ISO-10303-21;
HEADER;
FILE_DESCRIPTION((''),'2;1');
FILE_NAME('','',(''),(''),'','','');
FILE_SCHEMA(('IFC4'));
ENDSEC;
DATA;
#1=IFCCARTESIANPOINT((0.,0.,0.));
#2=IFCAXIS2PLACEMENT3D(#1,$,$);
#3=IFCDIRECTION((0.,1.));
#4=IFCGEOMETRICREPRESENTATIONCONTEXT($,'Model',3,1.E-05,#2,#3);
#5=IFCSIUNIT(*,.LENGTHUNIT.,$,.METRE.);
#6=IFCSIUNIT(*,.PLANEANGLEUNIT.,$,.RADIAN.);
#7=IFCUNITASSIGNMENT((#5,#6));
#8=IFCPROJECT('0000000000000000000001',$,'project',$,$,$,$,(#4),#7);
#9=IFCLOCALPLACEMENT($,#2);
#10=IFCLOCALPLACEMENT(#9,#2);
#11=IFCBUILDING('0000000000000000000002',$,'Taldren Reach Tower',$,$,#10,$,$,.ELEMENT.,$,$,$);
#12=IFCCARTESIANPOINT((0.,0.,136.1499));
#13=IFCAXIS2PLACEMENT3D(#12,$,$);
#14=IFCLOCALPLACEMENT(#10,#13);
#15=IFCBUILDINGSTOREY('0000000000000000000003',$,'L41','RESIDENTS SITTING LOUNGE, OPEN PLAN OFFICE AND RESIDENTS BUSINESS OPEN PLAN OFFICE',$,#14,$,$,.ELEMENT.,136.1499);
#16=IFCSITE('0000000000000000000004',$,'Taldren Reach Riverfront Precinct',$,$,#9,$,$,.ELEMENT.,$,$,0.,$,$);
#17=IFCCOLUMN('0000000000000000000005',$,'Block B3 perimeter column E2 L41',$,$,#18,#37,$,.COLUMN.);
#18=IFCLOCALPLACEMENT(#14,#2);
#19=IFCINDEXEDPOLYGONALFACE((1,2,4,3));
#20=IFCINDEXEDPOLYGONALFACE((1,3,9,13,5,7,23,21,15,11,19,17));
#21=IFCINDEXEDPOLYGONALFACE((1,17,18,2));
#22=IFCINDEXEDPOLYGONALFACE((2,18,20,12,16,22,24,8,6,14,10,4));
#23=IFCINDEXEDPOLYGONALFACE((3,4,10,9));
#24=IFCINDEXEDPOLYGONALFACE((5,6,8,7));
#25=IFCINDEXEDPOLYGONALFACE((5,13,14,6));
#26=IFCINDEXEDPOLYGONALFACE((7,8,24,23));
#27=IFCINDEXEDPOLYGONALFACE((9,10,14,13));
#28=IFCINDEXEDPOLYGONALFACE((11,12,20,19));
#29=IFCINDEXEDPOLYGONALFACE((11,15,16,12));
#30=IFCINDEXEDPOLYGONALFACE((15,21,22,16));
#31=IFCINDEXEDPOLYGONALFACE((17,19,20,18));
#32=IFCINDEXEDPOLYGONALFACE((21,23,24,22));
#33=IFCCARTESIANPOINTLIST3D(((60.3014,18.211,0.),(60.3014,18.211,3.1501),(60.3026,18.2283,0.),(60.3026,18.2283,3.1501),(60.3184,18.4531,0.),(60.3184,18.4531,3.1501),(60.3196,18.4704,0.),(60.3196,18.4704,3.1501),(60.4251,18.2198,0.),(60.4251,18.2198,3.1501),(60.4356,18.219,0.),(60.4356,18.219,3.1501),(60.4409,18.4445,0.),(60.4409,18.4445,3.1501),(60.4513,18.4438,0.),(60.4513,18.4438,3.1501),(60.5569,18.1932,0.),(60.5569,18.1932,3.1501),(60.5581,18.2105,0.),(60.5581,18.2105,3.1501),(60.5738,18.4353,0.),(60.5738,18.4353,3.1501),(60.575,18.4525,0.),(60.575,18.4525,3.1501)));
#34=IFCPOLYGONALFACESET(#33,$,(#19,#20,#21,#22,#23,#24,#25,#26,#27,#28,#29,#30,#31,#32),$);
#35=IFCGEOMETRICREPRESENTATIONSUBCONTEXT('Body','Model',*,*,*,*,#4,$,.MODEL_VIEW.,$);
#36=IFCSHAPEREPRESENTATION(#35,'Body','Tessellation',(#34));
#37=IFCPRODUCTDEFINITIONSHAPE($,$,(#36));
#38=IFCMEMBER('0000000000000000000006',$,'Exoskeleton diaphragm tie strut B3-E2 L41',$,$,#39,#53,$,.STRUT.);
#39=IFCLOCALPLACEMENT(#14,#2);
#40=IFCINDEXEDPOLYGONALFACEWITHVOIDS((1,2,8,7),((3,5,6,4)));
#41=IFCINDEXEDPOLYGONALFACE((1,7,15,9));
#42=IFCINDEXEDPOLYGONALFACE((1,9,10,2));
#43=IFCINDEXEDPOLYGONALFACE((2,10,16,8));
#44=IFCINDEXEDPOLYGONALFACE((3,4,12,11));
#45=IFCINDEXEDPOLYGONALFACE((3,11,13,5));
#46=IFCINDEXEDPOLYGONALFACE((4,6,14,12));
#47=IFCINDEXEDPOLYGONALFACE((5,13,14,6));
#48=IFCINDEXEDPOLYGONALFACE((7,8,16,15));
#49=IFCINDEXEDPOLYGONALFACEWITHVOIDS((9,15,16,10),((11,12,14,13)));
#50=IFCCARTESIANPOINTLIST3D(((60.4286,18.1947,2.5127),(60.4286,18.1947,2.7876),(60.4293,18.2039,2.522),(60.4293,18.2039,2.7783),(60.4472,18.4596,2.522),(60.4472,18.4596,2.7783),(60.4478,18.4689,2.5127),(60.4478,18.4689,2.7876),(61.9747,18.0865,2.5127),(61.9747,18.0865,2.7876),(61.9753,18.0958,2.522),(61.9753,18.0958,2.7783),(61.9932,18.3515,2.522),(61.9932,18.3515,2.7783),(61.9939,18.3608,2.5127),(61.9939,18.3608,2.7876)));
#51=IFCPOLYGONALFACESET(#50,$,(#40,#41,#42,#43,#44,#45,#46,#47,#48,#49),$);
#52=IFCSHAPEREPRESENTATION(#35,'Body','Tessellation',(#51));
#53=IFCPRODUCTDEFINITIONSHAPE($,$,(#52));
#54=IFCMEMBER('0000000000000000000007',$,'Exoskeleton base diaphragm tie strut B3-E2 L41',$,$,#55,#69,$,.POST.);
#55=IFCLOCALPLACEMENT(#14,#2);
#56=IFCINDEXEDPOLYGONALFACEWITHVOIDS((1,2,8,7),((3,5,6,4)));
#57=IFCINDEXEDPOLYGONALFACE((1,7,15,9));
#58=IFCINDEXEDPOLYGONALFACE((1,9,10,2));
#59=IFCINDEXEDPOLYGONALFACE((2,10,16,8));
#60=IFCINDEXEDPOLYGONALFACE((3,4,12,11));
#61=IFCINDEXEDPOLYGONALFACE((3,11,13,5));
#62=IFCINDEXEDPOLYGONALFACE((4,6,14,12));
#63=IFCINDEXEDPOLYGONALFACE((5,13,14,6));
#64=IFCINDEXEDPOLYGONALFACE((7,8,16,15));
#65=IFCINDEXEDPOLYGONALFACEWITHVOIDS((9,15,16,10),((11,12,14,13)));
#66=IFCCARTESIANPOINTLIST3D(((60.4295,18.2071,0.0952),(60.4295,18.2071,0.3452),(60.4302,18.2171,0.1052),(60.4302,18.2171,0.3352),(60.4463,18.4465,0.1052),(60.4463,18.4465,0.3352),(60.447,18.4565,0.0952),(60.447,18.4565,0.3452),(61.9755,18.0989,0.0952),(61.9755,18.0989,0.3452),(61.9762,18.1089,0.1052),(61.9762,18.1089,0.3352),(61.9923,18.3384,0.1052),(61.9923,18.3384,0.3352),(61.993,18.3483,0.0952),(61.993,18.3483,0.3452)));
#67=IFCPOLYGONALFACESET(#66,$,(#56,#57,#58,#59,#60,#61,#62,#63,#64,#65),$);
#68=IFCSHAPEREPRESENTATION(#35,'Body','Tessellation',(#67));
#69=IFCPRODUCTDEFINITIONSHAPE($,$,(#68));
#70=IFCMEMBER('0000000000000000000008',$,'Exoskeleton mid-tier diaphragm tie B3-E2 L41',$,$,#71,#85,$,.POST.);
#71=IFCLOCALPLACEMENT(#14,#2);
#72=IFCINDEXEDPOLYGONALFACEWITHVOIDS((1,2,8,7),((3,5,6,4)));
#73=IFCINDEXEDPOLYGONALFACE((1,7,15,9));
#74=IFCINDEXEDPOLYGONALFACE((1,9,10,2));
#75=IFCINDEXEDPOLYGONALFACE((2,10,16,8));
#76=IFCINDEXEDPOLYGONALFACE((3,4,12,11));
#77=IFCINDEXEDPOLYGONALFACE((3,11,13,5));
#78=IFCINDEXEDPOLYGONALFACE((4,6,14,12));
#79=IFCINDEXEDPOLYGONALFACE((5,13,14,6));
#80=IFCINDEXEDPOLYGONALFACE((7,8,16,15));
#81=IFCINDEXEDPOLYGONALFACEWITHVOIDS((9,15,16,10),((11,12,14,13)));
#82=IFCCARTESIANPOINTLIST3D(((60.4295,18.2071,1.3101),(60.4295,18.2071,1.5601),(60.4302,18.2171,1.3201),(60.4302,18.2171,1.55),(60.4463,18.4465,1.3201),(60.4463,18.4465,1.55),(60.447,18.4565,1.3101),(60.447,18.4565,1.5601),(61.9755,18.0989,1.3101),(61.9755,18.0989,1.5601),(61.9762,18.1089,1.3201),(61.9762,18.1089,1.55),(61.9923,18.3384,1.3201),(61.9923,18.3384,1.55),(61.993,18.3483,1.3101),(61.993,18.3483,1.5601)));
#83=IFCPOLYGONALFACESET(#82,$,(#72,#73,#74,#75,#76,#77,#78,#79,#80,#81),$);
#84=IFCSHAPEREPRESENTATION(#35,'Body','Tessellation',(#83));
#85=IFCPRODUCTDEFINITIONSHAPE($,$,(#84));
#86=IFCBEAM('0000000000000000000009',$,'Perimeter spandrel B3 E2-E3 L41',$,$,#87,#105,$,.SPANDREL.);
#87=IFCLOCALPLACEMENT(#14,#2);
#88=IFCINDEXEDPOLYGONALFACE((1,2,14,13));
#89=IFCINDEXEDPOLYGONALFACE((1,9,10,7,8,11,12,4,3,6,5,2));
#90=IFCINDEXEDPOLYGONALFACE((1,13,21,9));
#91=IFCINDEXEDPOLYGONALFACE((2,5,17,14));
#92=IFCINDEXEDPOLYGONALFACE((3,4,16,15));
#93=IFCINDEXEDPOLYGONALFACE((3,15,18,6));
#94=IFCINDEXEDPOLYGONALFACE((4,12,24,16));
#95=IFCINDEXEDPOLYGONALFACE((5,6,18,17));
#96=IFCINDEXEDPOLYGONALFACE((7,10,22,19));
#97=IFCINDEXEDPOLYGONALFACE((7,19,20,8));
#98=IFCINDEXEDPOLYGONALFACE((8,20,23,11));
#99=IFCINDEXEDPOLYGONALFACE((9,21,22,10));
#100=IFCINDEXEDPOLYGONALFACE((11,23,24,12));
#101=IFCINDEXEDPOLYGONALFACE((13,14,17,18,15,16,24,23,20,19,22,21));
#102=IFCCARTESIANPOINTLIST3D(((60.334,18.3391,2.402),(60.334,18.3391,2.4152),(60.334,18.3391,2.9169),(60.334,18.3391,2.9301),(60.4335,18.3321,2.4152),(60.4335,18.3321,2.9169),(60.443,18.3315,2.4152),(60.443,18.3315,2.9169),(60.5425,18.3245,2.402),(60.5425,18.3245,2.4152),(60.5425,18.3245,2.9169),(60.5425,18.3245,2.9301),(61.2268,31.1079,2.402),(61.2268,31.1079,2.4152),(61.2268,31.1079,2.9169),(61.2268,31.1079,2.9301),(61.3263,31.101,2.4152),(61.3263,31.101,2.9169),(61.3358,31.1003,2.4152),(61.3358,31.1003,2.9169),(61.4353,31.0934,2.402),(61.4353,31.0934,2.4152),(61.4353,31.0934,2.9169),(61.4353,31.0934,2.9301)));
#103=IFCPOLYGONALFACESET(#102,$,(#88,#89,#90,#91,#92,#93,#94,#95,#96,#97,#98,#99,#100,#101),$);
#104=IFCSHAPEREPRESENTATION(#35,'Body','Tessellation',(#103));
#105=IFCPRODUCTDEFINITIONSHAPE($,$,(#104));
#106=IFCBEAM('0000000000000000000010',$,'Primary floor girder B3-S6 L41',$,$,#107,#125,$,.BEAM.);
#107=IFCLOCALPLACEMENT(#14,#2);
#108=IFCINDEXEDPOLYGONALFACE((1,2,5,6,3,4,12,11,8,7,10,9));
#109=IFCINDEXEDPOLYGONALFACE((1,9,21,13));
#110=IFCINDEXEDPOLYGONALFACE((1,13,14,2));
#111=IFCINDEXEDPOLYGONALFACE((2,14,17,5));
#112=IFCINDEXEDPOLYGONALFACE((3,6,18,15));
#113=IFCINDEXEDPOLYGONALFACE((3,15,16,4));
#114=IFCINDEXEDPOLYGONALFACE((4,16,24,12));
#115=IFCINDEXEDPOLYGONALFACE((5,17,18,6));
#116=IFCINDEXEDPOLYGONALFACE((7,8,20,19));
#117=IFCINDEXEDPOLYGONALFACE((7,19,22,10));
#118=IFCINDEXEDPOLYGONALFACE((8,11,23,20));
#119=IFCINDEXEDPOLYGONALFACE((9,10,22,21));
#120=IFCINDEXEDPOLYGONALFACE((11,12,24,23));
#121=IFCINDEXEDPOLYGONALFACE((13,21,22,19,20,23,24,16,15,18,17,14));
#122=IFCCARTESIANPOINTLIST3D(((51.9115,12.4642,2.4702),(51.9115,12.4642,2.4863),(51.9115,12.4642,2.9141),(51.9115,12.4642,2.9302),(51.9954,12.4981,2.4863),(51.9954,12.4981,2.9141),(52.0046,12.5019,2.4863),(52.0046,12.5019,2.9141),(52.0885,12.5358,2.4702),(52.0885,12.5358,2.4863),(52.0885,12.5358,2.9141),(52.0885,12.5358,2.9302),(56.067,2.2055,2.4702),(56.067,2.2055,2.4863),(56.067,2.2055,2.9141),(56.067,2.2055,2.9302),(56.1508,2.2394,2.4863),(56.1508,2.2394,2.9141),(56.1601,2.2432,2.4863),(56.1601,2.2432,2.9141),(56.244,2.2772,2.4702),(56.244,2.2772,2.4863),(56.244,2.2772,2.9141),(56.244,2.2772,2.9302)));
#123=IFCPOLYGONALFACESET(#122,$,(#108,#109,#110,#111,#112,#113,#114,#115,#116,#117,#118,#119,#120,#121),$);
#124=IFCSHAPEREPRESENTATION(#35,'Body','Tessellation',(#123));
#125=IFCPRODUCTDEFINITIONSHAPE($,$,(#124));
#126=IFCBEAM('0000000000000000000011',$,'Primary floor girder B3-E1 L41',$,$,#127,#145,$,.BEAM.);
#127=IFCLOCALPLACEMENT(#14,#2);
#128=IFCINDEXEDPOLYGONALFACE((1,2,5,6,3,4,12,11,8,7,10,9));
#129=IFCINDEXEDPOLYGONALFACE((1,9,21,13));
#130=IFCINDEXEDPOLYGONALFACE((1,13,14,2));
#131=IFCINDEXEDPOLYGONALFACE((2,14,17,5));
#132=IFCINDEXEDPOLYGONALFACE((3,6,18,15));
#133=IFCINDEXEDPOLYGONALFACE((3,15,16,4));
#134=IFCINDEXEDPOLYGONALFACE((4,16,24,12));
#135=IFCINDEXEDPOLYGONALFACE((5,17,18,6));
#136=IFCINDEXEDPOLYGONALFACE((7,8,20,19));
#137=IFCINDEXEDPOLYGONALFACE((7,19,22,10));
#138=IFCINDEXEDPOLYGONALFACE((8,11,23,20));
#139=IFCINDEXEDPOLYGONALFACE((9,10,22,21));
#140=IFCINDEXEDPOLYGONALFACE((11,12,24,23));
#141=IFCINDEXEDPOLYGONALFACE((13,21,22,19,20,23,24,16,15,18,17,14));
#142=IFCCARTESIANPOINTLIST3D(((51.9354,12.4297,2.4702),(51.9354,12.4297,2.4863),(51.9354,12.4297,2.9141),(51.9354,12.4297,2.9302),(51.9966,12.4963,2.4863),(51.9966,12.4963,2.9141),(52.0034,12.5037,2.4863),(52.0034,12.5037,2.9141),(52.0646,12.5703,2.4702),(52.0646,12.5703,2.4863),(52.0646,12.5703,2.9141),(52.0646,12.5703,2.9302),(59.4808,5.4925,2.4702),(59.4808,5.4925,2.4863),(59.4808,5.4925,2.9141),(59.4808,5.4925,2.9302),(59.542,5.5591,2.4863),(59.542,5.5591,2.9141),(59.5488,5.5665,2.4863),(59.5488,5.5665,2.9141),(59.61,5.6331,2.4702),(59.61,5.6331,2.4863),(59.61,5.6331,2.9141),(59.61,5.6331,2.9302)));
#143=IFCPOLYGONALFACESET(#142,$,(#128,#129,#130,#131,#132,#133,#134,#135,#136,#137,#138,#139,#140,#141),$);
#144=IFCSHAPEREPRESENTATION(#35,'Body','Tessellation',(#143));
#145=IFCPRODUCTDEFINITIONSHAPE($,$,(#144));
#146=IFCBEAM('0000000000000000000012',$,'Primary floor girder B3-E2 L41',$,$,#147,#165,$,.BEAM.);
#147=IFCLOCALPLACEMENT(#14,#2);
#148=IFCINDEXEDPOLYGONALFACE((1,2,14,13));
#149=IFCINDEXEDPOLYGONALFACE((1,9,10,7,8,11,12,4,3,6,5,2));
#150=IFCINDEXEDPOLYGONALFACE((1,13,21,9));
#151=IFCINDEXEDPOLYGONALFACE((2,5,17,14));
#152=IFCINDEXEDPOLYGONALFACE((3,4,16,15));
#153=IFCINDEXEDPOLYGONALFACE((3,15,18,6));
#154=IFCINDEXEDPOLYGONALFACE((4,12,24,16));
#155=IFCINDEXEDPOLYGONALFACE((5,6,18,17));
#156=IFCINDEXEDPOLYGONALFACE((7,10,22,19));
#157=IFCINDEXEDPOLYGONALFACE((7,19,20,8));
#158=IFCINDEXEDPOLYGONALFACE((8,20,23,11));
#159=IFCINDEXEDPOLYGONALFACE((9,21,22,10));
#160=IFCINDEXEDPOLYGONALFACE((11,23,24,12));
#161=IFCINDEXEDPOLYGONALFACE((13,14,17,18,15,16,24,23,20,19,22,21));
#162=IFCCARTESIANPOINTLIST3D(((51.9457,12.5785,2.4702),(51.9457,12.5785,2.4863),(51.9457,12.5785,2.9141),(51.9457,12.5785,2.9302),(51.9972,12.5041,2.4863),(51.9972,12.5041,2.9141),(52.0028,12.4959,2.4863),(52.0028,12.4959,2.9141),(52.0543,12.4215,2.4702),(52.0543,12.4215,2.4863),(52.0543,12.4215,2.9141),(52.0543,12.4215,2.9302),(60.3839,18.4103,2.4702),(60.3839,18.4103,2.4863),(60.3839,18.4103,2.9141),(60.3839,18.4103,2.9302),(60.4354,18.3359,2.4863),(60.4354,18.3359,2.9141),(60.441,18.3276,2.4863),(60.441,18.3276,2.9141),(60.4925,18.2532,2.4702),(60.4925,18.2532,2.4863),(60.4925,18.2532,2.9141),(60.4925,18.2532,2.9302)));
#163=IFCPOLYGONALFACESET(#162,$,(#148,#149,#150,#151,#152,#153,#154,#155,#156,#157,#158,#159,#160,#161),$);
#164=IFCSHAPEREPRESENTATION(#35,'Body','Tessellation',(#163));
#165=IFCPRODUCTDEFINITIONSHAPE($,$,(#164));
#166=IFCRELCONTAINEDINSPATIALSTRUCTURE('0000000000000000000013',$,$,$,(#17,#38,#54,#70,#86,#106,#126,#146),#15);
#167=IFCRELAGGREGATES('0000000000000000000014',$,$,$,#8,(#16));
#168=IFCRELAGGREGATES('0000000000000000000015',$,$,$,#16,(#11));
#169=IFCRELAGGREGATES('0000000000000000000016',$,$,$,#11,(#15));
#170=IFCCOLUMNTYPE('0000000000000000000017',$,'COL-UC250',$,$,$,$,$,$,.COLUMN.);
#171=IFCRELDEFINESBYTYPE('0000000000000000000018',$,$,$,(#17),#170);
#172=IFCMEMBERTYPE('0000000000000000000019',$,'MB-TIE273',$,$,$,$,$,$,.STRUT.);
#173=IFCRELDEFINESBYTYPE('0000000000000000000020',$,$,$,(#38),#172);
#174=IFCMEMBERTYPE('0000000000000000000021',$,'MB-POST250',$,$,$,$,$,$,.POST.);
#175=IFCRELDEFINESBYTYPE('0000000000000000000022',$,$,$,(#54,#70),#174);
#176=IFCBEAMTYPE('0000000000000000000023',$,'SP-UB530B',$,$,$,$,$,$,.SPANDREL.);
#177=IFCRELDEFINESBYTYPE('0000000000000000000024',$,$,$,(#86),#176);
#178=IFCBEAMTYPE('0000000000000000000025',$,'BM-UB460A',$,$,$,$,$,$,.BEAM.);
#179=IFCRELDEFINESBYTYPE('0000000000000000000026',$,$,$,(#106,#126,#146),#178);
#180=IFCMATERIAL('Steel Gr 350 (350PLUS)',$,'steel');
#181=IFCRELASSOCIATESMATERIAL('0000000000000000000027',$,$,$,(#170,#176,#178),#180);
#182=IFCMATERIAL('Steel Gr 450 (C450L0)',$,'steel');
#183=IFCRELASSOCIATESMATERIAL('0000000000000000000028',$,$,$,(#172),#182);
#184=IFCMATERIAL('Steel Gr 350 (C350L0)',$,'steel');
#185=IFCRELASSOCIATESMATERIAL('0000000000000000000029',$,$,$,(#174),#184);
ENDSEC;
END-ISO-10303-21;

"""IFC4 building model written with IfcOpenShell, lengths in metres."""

from ifc_helpers import new_model, si_unit, direction, frame, origin, origin_2d, place, context, subcontext, project, spatial, hollow_rectangle, i_section, extrude, source, transform, mapped, material, material_profile, profile_set, type_object, element, save


model = new_model("IFC4")

# Units and contexts
model_context = context("Model", 3, precision=1e-05, world=origin(), true_north=direction((0.0, 1.0)))
body_context = subcontext(model_context, "Body", "Model", "MODEL_VIEW")
ifc_project = project(units=[si_unit("LENGTHUNIT", "METRE"), si_unit("PLANEANGLEUNIT", "RADIAN")], contexts=[model_context])

# Site, building, storey
site_placement = place(None, origin())
site = spatial("IfcSite", under=ifc_project, at=site_placement, Name="Taldren Reach Riverfront Precinct", CompositionType="ELEMENT", RefElevation=0.0)
building_placement = place(site_placement, origin())
building = spatial("IfcBuilding", under=site, at=building_placement, Name="Taldren Reach Tower", CompositionType="ELEMENT")
storey_placement = place(building_placement, frame((0.0, 0.0, 136.1499)))
storey = spatial("IfcBuildingStorey", under=building, at=storey_placement, Name="L41", Description="RESIDENTS SITTING LOUNGE, OPEN PLAN OFFICE AND RESIDENTS BUSINESS OPEN PLAN OFFICE", CompositionType="ELEMENT", Elevation=136.1499)

# Column
ifc_material_1 = material(Name="Steel Gr 350 (350PLUS)", Category="steel")
ifc_material_profile_1 = material_profile(ifc_material_1, i_section(OverallWidth=0.2561, OverallDepth=0.26, WebThickness=0.0105, FlangeThickness=0.0173, at=origin_2d()), Name="250UC89.5")
ifc_profile_set_1 = profile_set([ifc_material_profile_1], Name="Steel Gr 350 (350PLUS)")
column_type = type_object("IfcColumnType", Name="COL-UC250", PredefinedType="COLUMN", material=ifc_profile_set_1)
shared_shape_1 = source(origin(), body_context, "Body", "SweptSolid", [
    extrude(i_section(OverallWidth=0.2561, OverallDepth=0.26, WebThickness=0.0105, FlangeThickness=0.0173, at=origin_2d()), origin(), (0.0, 0.0, 1.0), 3.1501),
])
column_placement = place(storey_placement, frame((60.4382, 18.3318, 0.0), z_axis=(0.0, 0.0, 1.0), x_axis=(0.997564, -0.069756, 0.0)))
element("IfcColumn", 1, at=column_placement, inside=storey, type_object=column_type, Name="Block B3 perimeter column E2 L41", PredefinedType="COLUMN", context=body_context, shape_type="MappedRepresentation", body=[
    mapped(shared_shape_1, transform((0.0, 0.0, 0.0), scale=1.0)),
])

# Members
ifc_material_2 = material(Name="Steel Gr 450 (C450L0)", Category="steel")
ifc_material_profile_2 = material_profile(ifc_material_2, hollow_rectangle(XDim=0.2749, YDim=0.2749, WallThickness=0.0093, at=origin_2d()), Name="275x275x9.3SHS")
ifc_profile_set_2 = profile_set([ifc_material_profile_2], Name="Steel Gr 450 (C450L0)")
member_type_1 = type_object("IfcMemberType", Name="MB-TIE273", PredefinedType="STRUT", material=ifc_profile_set_2)
shared_shape_2 = source(origin(), body_context, "Body", "SweptSolid", [
    extrude(hollow_rectangle(XDim=0.2749, YDim=0.2749, WallThickness=0.0093, at=origin_2d()), origin(), (0.0, 0.0, 1.0), 1.5498),
])
member_1_placement = place(storey_placement, frame((60.4382, 18.3318, 2.6501), z_axis=(0.997562, -0.069781, 0.0), x_axis=(0.069781, 0.997562, 0.0)))
element("IfcMember", 2, at=member_1_placement, inside=storey, type_object=member_type_1, Name="Exoskeleton diaphragm tie strut B3-E2 L41", PredefinedType="STRUT", context=body_context, shape_type="MappedRepresentation", body=[
    mapped(shared_shape_2, transform((0.0, 0.0, 0.0), scale=1.0)),
])
ifc_material_3 = material(Name="Steel Gr 350 (C350L0)", Category="steel")
ifc_material_profile_3 = material_profile(ifc_material_3, hollow_rectangle(XDim=0.25, YDim=0.25, WallThickness=0.01, at=origin_2d()), Name="250x250x10.0SHS")
ifc_profile_set_3 = profile_set([ifc_material_profile_3], Name="Steel Gr 350 (C350L0)")
member_type_2 = type_object("IfcMemberType", Name="MB-POST250", PredefinedType="POST", material=ifc_profile_set_3)
shared_shape_3 = source(origin(), body_context, "Body", "SweptSolid", [
    extrude(hollow_rectangle(XDim=0.25, YDim=0.25, WallThickness=0.01, at=origin_2d()), origin(), (0.0, 0.0, 1.0), 1.5498),
])
for number, where, z_axis, x_axis, name in (
    (3, (60.4382, 18.3318, 0.2202), (0.997562, -0.069781, 0.0), (0.069781, 0.997562, 0.0), "Exoskeleton base diaphragm tie strut B3-E2 L41"),
    (4, (60.4382, 18.3318, 1.4351), (0.997562, -0.069781, 0.0), (0.069781, 0.997562, 0.0), "Exoskeleton mid-tier diaphragm tie B3-E2 L41"),
):
    element("IfcMember", number, at=place(storey_placement, frame(where, z_axis=z_axis, x_axis=x_axis)), inside=storey, type_object=member_type_2, Name=name, PredefinedType="POST", context=body_context, shape_type="MappedRepresentation", body=[
        mapped(shared_shape_3, transform((0.0, 0.0, 0.0), scale=1.0)),
    ])

# Beams
ifc_material_profile_4 = material_profile(ifc_material_1, i_section(OverallWidth=0.209, OverallDepth=0.5281, WebThickness=0.0095, FlangeThickness=0.0132, at=origin_2d()), Name="530UB82.0")
ifc_profile_set_4 = profile_set([ifc_material_profile_4], Name="Steel Gr 350 (350PLUS)")
beam_type_1 = type_object("IfcBeamType", Name="SP-UB530B", PredefinedType="SPANDREL", material=ifc_profile_set_4)
shared_shape_4 = source(origin(), body_context, "Body", "SweptSolid", [
    extrude(i_section(OverallWidth=0.209, OverallDepth=0.5281, WebThickness=0.0095, FlangeThickness=0.0132, at=origin_2d()), origin(), (0.0, 0.0, 1.0), 12.8),
])
beam_1_placement = place(storey_placement, frame((60.4382, 18.3318, 2.666), z_axis=(0.069752, 0.997564, 0.0), x_axis=(-0.997564, 0.069752, 0.0)))
element("IfcBeam", 5, at=beam_1_placement, inside=storey, type_object=beam_type_1, Name="Perimeter spandrel B3 E2-E3 L41", PredefinedType="SPANDREL", context=body_context, shape_type="MappedRepresentation", body=[
    mapped(shared_shape_4, transform((0.0, 0.0, 0.0), scale=1.0)),
])
ifc_material_profile_5 = material_profile(ifc_material_1, i_section(OverallWidth=0.1909, OverallDepth=0.46, WebThickness=0.01, FlangeThickness=0.0161, at=origin_2d()), Name="460UB82.1")
ifc_profile_set_5 = profile_set([ifc_material_profile_5], Name="Steel Gr 350 (350PLUS)")
beam_type_2 = type_object("IfcBeamType", Name="BM-UB460A", PredefinedType="BEAM", material=ifc_profile_set_5)
shared_shape_5 = source(origin(), body_context, "Body", "SweptSolid", [
    extrude(i_section(OverallWidth=0.1909, OverallDepth=0.46, WebThickness=0.01, FlangeThickness=0.0161, at=origin_2d()), origin(), (0.0, 0.0, 1.0), 11.0684),
])
beam_2_placement = place(storey_placement, frame((52.0, 12.5, 2.7002), z_axis=(0.375437, -0.926848, 0.0), x_axis=(0.926848, 0.375437, 0.0)))
element("IfcBeam", 6, at=beam_2_placement, inside=storey, type_object=beam_type_2, Name="Primary floor girder B3-S6 L41", PredefinedType="BEAM", context=body_context, shape_type="MappedRepresentation", body=[
    mapped(shared_shape_5, transform((0.0, 0.0, 0.0), scale=1.0)),
])
shared_shape_6 = source(origin(), body_context, "Body", "SweptSolid", [
    extrude(i_section(OverallWidth=0.1909, OverallDepth=0.46, WebThickness=0.01, FlangeThickness=0.0161, at=origin_2d()), origin(), (0.0, 0.0, 1.0), 10.2498),
])
beam_3_placement = place(storey_placement, frame((52.0, 12.5, 2.7002), z_axis=(0.736151, -0.676818, 0.0), x_axis=(0.676818, 0.736151, 0.0)))
element("IfcBeam", 7, at=beam_3_placement, inside=storey, type_object=beam_type_2, Name="Primary floor girder B3-E1 L41", PredefinedType="BEAM", context=body_context, shape_type="MappedRepresentation", body=[
    mapped(shared_shape_6, transform((0.0, 0.0, 0.0), scale=1.0)),
])
shared_shape_7 = source(origin(), body_context, "Body", "SweptSolid", [
    extrude(i_section(OverallWidth=0.1909, OverallDepth=0.46, WebThickness=0.01, FlangeThickness=0.0161, at=origin_2d()), origin(), (0.0, 0.0, 1.0), 10.2573),
])
beam_4_placement = place(storey_placement, frame((52.0, 12.5, 2.7002), z_axis=(0.822651, 0.568546, 0.0), x_axis=(-0.568546, 0.822651, 0.0)))
element("IfcBeam", 8, at=beam_4_placement, inside=storey, type_object=beam_type_2, Name="Primary floor girder B3-E2 L41", PredefinedType="BEAM", context=body_context, shape_type="MappedRepresentation", body=[
    mapped(shared_shape_7, transform((0.0, 0.0, 0.0), scale=1.0)),
])

save(model, "model.ifc")
